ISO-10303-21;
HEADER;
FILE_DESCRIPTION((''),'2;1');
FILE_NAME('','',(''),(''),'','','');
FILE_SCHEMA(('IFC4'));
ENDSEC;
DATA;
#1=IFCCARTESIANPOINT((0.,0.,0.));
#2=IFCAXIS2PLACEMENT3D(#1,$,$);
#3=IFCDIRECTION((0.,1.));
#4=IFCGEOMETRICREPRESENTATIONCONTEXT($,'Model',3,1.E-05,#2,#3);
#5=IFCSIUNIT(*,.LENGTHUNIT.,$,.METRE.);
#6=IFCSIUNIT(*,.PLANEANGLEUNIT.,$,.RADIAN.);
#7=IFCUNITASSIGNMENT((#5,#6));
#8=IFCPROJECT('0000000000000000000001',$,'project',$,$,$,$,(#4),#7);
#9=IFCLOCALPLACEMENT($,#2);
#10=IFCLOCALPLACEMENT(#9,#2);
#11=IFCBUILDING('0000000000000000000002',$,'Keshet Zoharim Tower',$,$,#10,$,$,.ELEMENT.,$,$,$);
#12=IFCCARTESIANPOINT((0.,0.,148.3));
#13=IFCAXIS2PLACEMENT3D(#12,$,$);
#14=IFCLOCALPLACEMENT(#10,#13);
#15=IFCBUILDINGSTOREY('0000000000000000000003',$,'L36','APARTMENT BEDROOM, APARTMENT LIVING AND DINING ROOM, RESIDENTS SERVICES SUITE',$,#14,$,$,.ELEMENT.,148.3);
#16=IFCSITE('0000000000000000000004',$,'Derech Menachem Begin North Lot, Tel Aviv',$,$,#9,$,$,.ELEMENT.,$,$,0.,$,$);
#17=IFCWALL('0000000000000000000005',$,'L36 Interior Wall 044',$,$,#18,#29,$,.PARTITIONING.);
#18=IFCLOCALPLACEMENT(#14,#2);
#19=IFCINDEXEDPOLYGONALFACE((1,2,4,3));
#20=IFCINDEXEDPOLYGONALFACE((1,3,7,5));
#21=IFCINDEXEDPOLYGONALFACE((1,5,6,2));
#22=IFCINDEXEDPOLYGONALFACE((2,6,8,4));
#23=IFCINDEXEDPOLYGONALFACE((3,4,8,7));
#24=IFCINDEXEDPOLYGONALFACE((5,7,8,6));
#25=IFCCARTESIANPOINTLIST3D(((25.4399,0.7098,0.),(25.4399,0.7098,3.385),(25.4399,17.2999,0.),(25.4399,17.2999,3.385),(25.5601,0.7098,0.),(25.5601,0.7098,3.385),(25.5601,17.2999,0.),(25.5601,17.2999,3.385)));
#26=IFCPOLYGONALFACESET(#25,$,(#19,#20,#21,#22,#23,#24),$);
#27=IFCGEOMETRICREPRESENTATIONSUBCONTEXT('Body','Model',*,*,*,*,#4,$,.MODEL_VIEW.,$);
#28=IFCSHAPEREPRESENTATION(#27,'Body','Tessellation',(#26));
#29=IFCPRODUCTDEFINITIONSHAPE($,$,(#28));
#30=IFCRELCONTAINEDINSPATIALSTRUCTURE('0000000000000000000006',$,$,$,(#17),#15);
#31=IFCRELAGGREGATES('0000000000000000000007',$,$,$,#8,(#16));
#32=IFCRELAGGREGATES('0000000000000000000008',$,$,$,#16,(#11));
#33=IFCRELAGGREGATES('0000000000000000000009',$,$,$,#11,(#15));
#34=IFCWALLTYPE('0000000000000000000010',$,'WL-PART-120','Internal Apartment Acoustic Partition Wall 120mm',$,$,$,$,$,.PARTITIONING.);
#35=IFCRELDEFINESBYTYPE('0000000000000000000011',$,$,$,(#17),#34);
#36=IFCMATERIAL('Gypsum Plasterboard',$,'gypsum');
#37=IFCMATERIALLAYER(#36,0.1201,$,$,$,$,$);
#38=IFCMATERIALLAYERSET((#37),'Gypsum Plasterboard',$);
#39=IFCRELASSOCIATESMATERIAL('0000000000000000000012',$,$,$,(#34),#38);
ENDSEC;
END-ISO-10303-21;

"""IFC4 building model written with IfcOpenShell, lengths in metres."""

from ifc_helpers import new_model, si_unit, direction, frame, frame_2d, origin, place, context, subcontext, project, spatial, rectangle, extrude, material, layer, layer_set, type_object, element, save


model = new_model("IFC4")

# Units and contexts
model_context = context("Model", 3, precision=1e-05, world=origin(), true_north=direction((0.0, 1.0)))
body_context = subcontext(model_context, "Body", "Model", "MODEL_VIEW")
ifc_project = project(units=[si_unit("LENGTHUNIT", "METRE"), si_unit("PLANEANGLEUNIT", "RADIAN")], contexts=[model_context])

# Site, building, storey
site_placement = place(None, origin())
site = spatial("IfcSite", under=ifc_project, at=site_placement, Name="Derech Menachem Begin North Lot, Tel Aviv", CompositionType="ELEMENT", RefElevation=0.0)
building_placement = place(site_placement, origin())
building = spatial("IfcBuilding", under=site, at=building_placement, Name="Keshet Zoharim Tower", CompositionType="ELEMENT")
storey_placement = place(building_placement, frame((0.0, 0.0, 148.3)))
storey = spatial("IfcBuildingStorey", under=building, at=storey_placement, Name="L36", Description="APARTMENT BEDROOM, APARTMENT LIVING AND DINING ROOM, RESIDENTS SERVICES SUITE", CompositionType="ELEMENT", Elevation=148.3)

# Wall
ifc_material_1 = material(Name="Gypsum Plasterboard", Category="gypsum")
ifc_layer_1 = layer(ifc_material_1, 0.1201)
ifc_layer_set_1 = layer_set([ifc_layer_1], Name="Gypsum Plasterboard")
wall_type = type_object("IfcWallType", Name="WL-PART-120", Description="Internal Apartment Acoustic Partition Wall 120mm", PredefinedType="PARTITIONING", material=ifc_layer_set_1)
wall_placement = place(storey_placement, frame((25.5, 0.71, 0.0), z_axis=(0.0, 0.0, 1.0), x_axis=(0.0, 1.0, 0.0)))
element("IfcWall", 1, at=wall_placement, inside=storey, type_object=wall_type, Name="L36 Interior Wall 044", PredefinedType="PARTITIONING", context=body_context, shape_type="SweptSolid", body=[
    extrude(rectangle(XDim=16.5901, YDim=0.1201, at=frame_2d((8.2949, 0.0))), origin(), (0.0, 0.0, 1.0), 3.385),
])

save(model, "model.ifc")
